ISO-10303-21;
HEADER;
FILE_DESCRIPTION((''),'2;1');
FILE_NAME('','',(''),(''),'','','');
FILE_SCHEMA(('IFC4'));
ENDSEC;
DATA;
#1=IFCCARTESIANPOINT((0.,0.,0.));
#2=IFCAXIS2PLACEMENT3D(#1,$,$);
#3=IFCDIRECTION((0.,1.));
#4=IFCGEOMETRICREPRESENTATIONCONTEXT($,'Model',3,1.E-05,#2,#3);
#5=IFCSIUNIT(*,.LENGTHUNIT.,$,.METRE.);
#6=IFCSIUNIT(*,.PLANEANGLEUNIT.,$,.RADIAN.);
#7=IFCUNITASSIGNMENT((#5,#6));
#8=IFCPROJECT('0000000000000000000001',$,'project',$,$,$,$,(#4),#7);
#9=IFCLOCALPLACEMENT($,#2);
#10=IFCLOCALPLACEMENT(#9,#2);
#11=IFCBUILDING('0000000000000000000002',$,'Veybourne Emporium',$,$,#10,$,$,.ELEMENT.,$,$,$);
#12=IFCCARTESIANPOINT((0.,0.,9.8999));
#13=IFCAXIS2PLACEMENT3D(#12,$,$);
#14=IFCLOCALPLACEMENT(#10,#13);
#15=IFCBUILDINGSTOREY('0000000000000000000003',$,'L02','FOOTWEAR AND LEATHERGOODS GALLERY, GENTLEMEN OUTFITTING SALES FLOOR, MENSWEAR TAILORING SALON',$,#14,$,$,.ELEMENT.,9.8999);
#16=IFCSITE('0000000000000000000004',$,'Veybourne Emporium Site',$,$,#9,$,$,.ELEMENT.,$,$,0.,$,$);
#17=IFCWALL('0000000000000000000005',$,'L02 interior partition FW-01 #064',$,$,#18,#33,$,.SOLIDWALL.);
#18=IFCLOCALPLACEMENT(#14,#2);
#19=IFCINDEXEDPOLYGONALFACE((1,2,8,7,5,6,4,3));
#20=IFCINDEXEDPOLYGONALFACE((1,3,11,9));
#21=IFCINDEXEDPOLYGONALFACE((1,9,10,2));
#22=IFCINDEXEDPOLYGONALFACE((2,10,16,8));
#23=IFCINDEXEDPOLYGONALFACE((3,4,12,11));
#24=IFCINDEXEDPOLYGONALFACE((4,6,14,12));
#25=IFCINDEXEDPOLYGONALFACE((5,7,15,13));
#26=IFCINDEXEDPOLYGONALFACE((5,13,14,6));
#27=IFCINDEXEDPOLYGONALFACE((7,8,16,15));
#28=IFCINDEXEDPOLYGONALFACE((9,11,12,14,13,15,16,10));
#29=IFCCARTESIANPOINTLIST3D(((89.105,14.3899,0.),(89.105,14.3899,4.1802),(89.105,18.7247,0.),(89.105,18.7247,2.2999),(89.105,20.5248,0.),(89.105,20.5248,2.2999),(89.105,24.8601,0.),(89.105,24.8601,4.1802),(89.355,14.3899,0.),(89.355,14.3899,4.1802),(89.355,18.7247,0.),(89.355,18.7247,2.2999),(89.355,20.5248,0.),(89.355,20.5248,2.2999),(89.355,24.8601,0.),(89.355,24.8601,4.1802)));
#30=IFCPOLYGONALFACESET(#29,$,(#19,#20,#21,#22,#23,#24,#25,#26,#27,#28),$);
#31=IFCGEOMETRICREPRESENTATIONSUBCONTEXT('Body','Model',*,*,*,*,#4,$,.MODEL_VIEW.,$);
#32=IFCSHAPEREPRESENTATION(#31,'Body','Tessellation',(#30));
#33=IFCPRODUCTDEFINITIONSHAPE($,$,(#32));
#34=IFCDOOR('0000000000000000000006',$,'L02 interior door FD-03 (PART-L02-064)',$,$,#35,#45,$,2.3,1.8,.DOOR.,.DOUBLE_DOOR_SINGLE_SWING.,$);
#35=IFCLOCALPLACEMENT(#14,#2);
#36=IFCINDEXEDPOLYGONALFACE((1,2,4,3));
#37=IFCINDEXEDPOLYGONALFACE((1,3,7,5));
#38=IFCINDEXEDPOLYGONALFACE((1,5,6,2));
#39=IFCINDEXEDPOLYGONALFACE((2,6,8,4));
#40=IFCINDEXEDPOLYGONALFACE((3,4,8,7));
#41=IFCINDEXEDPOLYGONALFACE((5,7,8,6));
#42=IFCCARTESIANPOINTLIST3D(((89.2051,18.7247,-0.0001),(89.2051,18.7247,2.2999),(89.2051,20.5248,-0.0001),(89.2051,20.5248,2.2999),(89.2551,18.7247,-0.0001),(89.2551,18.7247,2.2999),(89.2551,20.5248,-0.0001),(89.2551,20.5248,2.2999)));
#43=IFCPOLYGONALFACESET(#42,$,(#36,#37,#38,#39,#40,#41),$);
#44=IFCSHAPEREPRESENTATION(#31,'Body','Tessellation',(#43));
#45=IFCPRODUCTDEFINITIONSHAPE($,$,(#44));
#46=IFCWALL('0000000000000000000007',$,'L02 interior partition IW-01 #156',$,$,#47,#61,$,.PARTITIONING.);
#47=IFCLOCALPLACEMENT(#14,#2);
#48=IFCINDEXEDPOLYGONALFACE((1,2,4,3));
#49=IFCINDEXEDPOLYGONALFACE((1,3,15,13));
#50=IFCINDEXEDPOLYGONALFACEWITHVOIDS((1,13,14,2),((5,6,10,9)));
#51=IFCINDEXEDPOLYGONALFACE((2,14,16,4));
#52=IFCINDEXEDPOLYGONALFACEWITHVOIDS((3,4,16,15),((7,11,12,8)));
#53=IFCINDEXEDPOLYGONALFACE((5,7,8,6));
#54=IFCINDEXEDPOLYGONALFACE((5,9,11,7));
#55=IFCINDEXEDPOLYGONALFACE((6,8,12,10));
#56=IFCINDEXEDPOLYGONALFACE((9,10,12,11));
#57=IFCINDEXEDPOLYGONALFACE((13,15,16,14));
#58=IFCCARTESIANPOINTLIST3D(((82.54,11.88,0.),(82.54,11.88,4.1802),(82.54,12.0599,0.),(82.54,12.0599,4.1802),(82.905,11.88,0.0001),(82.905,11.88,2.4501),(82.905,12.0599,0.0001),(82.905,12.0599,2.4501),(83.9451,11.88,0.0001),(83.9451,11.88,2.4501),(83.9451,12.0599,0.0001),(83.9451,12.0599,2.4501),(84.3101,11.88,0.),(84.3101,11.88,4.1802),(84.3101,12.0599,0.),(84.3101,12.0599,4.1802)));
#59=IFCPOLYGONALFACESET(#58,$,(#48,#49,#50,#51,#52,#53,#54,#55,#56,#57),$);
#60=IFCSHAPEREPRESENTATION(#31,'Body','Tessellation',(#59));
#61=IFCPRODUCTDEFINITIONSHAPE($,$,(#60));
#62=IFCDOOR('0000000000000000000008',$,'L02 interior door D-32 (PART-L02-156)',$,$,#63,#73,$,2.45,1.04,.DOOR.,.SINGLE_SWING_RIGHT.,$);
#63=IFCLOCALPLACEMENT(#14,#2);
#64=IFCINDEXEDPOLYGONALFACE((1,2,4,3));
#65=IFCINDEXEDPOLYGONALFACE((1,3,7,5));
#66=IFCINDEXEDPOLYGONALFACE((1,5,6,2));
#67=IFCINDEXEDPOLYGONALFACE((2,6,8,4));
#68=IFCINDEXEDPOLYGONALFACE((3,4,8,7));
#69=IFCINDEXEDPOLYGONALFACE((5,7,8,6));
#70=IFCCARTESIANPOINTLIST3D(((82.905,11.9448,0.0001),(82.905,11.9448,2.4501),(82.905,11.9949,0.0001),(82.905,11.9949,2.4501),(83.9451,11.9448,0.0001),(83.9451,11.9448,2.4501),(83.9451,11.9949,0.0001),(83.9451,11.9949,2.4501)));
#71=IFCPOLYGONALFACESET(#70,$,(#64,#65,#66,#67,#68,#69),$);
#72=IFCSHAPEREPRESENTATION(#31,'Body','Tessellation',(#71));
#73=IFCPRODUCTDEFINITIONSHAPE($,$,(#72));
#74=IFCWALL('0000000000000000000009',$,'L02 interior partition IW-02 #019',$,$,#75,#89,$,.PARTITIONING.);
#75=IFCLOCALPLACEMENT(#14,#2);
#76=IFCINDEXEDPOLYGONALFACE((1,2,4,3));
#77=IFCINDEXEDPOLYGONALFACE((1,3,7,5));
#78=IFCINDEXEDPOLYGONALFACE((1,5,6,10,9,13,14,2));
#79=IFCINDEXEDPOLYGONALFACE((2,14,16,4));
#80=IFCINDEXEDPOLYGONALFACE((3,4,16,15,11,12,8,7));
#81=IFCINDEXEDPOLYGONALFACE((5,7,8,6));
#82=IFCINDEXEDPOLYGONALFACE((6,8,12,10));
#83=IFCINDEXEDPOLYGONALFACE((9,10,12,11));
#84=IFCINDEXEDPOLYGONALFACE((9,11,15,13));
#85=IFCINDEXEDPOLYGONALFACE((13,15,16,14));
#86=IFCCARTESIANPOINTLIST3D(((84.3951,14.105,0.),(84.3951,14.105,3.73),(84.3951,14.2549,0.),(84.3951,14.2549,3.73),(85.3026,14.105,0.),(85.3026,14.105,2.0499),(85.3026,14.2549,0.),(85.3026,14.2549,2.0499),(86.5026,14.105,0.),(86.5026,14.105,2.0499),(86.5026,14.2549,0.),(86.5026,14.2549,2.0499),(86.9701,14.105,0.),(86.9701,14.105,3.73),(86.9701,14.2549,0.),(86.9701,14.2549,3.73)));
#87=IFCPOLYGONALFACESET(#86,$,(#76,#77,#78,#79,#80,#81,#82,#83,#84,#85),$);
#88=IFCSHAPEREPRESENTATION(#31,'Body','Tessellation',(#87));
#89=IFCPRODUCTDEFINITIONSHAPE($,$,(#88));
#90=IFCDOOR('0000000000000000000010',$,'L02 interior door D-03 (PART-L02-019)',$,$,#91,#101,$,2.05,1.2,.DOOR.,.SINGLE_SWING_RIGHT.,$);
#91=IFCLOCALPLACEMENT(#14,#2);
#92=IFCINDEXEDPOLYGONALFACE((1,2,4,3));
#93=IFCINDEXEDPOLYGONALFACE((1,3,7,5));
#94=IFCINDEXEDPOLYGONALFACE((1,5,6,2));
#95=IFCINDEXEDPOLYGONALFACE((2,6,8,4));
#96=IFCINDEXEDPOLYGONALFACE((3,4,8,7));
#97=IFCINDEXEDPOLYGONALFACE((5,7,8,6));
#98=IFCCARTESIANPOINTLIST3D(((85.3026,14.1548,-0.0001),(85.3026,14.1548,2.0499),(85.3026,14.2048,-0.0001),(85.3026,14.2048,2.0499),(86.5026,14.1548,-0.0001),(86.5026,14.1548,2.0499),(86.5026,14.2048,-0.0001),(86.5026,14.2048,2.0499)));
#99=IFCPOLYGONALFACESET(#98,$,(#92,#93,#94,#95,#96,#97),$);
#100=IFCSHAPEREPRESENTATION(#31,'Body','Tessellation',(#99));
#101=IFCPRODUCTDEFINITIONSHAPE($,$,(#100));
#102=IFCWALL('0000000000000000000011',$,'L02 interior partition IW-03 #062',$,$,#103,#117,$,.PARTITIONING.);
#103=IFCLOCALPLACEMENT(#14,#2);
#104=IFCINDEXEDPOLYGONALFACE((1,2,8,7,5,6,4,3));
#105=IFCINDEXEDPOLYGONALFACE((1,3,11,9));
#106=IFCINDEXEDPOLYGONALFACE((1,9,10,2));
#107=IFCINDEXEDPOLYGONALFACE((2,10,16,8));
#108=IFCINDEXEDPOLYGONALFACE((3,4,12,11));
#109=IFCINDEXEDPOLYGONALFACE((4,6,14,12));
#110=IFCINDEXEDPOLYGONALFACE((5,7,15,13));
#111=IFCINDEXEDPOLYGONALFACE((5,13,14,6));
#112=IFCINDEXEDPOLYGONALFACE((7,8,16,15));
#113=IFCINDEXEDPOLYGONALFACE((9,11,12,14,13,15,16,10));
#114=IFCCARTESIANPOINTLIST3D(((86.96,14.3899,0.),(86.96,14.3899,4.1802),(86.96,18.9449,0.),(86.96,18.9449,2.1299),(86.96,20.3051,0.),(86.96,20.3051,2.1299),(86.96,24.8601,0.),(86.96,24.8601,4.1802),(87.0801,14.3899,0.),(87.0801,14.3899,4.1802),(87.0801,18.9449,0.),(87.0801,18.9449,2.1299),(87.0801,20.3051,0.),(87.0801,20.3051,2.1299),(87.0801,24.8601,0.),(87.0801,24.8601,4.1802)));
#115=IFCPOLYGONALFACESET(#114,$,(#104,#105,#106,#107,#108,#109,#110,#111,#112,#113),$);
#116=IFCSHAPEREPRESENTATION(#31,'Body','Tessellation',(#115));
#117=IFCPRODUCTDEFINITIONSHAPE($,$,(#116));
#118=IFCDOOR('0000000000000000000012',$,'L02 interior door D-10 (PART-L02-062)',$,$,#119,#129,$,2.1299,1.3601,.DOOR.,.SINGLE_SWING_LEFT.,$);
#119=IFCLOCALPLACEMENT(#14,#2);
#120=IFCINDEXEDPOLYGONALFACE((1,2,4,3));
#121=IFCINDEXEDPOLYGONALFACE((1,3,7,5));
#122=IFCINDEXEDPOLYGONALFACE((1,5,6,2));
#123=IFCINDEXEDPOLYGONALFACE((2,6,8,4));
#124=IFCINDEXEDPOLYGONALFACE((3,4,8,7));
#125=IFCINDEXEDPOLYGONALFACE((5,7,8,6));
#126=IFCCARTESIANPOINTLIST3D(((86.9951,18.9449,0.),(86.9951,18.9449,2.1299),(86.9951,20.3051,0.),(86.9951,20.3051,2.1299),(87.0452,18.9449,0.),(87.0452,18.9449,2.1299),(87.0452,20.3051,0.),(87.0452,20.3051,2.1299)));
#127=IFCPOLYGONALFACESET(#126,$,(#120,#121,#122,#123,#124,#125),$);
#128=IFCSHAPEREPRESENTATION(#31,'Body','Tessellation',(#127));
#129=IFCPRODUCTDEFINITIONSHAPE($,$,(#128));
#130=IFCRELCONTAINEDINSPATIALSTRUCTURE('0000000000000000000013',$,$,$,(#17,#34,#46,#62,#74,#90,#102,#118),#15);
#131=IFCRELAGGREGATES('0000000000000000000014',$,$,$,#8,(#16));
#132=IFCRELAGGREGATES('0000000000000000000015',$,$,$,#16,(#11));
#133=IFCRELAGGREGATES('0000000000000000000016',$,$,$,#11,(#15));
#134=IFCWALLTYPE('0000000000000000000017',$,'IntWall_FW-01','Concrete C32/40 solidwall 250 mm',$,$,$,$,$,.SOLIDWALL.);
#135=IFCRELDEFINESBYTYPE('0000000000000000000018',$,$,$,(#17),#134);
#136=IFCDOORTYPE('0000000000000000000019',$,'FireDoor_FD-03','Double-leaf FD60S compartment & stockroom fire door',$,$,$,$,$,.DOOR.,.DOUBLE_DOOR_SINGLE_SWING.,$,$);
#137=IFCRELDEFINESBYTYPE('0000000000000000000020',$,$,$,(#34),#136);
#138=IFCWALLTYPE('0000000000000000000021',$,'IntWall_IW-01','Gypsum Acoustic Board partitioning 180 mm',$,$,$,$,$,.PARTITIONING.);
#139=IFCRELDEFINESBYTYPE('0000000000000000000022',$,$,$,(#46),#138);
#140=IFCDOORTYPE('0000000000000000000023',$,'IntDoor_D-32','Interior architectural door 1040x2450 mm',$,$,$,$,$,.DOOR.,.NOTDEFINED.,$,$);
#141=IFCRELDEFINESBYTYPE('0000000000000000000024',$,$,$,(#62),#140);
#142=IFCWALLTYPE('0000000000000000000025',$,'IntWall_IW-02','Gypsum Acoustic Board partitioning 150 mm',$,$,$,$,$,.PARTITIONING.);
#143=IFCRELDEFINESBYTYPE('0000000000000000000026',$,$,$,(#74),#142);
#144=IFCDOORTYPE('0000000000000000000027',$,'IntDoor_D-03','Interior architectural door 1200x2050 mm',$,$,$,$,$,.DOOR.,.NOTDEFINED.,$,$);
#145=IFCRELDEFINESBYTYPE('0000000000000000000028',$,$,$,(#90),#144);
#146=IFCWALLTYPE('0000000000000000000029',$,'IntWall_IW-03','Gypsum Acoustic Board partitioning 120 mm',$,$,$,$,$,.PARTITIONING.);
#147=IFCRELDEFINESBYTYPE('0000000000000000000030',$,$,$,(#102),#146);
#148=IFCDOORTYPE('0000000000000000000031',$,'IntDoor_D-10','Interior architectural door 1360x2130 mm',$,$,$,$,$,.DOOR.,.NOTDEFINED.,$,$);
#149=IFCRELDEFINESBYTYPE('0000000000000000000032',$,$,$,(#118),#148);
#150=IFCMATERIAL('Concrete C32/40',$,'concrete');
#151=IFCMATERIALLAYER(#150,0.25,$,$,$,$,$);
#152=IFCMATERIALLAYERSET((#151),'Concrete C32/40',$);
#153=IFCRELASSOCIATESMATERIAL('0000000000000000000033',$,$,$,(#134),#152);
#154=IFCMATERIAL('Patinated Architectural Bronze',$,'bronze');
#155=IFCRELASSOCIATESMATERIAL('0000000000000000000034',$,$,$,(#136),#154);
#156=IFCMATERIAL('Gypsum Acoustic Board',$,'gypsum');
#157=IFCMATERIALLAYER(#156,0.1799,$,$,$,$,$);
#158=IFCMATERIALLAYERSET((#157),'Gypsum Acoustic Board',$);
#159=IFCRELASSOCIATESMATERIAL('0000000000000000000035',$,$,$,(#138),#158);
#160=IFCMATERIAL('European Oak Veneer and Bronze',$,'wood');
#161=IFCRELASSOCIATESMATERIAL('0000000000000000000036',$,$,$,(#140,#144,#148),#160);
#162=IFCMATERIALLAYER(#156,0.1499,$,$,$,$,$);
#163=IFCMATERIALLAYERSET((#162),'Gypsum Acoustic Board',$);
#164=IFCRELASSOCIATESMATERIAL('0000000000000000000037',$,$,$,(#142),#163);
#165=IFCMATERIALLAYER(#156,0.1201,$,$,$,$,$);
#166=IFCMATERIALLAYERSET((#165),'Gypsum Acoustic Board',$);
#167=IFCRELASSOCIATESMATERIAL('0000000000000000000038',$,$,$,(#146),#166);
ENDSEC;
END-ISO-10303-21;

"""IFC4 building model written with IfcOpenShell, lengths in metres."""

from ifc_helpers import new_model, si_unit, direction, frame, frame_2d, origin, place, context, subcontext, project, spatial, rectangle, extrude, material, layer, layer_set, type_object, element, fill, save


model = new_model("IFC4")

# Units and contexts
model_context = context("Model", 3, precision=1e-05, world=origin(), true_north=direction((0.0, 1.0)))
body_context = subcontext(model_context, "Body", "Model", "MODEL_VIEW")
ifc_project = project(units=[si_unit("LENGTHUNIT", "METRE"), si_unit("PLANEANGLEUNIT", "RADIAN")], contexts=[model_context])

# Site, building, storey
site_placement = place(None, origin())
site = spatial("IfcSite", under=ifc_project, at=site_placement, Name="Veybourne Emporium Site", CompositionType="ELEMENT", RefElevation=0.0)
building_placement = place(site_placement, origin())
building = spatial("IfcBuilding", under=site, at=building_placement, Name="Veybourne Emporium", CompositionType="ELEMENT")
storey_placement = place(building_placement, frame((0.0, 0.0, 9.8999)))
storey = spatial("IfcBuildingStorey", under=building, at=storey_placement, Name="L02", Description="FOOTWEAR AND LEATHERGOODS GALLERY, GENTLEMEN OUTFITTING SALES FLOOR, MENSWEAR TAILORING SALON", CompositionType="ELEMENT", Elevation=9.8999)

# Shared definitions
ifc_material_1 = material(Name="Concrete C32/40", Category="concrete")

# Walls, openings, doors
ifc_layer_1 = layer(ifc_material_1, 0.25)
ifc_layer_set_1 = layer_set([ifc_layer_1], Name="Concrete C32/40")
wall_type_1 = type_object("IfcWallType", Name="IntWall_FW-01", Description="Concrete C32/40 solidwall 250 mm", PredefinedType="SOLIDWALL", material=ifc_layer_set_1)
ifc_material_2 = material(Name="Patinated Architectural Bronze", Category="bronze")
door_type_1 = type_object("IfcDoorType", Name="FireDoor_FD-03", Description="Double-leaf FD60S compartment & stockroom fire door", OperationType="DOUBLE_DOOR_SINGLE_SWING", PredefinedType="DOOR", material=ifc_material_2)
wall_1_placement = place(storey_placement, frame((89.23, 14.3899, 0.0), z_axis=(0.0, 0.0, 1.0), x_axis=(0.0, 1.0, 0.0)))
wall_1 = element("IfcWall", 1, at=wall_1_placement, inside=storey, type_object=wall_type_1, Name="L02 interior partition FW-01 #064", PredefinedType="SOLIDWALL", context=body_context, shape_type="SweptSolid", body=[
    extrude(rectangle(XDim=10.4702, YDim=0.25, at=frame_2d((5.2351, 0.0))), origin(), (0.0, 0.0, 1.0), 4.1802),
])
opening_1_placement = place(wall_1_placement, frame((4.335, 0.0, 0.0)))
opening_1 = element("IfcOpeningElement", 2, at=opening_1_placement, cuts=wall_1, PredefinedType="OPENING", context=body_context, shape_type="SweptSolid", body=[
    extrude(rectangle(XDim=1.8, YDim=2.3, at=frame_2d((0.8999, 1.1499))), frame((0.0, 0.145, 0.0), z_axis=(0.0, -1.0, 0.0), x_axis=(1.0, 0.0, 0.0)), (0.0, 0.0, 1.0), 0.29),
])
door_1_placement = place(opening_1_placement, origin())
door_1 = element("IfcDoor", 3, at=door_1_placement, inside=storey, type_object=door_type_1, Name="L02 interior door FD-03 (PART-L02-064)", OperationType="DOUBLE_DOOR_SINGLE_SWING", OverallHeight=2.3, OverallWidth=1.8, PredefinedType="DOOR", context=body_context, shape_type="SweptSolid", body=[
    extrude(rectangle(XDim=1.8, YDim=2.3, at=frame_2d((0.8999, 1.1499))), frame((0.0, 0.0249, 0.0), z_axis=(0.0, -1.0, 0.0), x_axis=(1.0, 0.0, 0.0)), (0.0, 0.0, 1.0), 0.05),
])
fill(opening_1, door_1)
ifc_material_3 = material(Name="Gypsum Acoustic Board", Category="gypsum")
ifc_layer_2 = layer(ifc_material_3, 0.1799)
ifc_layer_set_2 = layer_set([ifc_layer_2], Name="Gypsum Acoustic Board")
wall_type_2 = type_object("IfcWallType", Name="IntWall_IW-01", Description="Gypsum Acoustic Board partitioning 180 mm", PredefinedType="PARTITIONING", material=ifc_layer_set_2)
wall_2_placement = place(storey_placement, frame((82.54, 11.97, 0.0), z_axis=(0.0, 0.0, 1.0), x_axis=(1.0, 0.0, 0.0)))
wall_2 = element("IfcWall", 4, at=wall_2_placement, inside=storey, type_object=wall_type_2, Name="L02 interior partition IW-01 #156", PredefinedType="PARTITIONING", context=body_context, shape_type="SweptSolid", body=[
    extrude(rectangle(XDim=1.77, YDim=0.1799, at=frame_2d((0.885, 0.0))), origin(), (0.0, 0.0, 1.0), 4.1802),
])
opening_2_placement = place(wall_2_placement, frame((0.365, 0.0, 0.0)))
opening_2 = element("IfcOpeningElement", 5, at=opening_2_placement, cuts=wall_2, PredefinedType="OPENING", context=body_context, shape_type="SweptSolid", body=[
    extrude(rectangle(XDim=1.04, YDim=2.45, at=frame_2d((0.52, 1.2251))), frame((0.0, 0.1099, 0.0), z_axis=(0.0, -1.0, 0.0), x_axis=(1.0, 0.0, 0.0)), (0.0, 0.0, 1.0), 0.22),
])
ifc_material_4 = material(Name="European Oak Veneer and Bronze", Category="wood")
door_type_2 = type_object("IfcDoorType", Name="IntDoor_D-32", Description="Interior architectural door 1040x2450 mm", OperationType="NOTDEFINED", PredefinedType="DOOR", material=ifc_material_4)
door_2_placement = place(opening_2_placement, origin())
door_2 = element("IfcDoor", 6, at=door_2_placement, inside=storey, type_object=door_type_2, Name="L02 interior door D-32 (PART-L02-156)", OperationType="SINGLE_SWING_RIGHT", OverallHeight=2.45, OverallWidth=1.04, PredefinedType="DOOR", context=body_context, shape_type="SweptSolid", body=[
    extrude(rectangle(XDim=1.04, YDim=2.45, at=frame_2d((0.52, 1.2251))), frame((0.0, 0.0249, 0.0), z_axis=(0.0, -1.0, 0.0), x_axis=(1.0, 0.0, 0.0)), (0.0, 0.0, 1.0), 0.05),
])
fill(opening_2, door_2)
ifc_layer_3 = layer(ifc_material_3, 0.1499)
ifc_layer_set_3 = layer_set([ifc_layer_3], Name="Gypsum Acoustic Board")
wall_type_3 = type_object("IfcWallType", Name="IntWall_IW-02", Description="Gypsum Acoustic Board partitioning 150 mm", PredefinedType="PARTITIONING", material=ifc_layer_set_3)
wall_3_placement = place(storey_placement, frame((84.395, 14.1799, 0.0), z_axis=(0.0, 0.0, 1.0), x_axis=(1.0, 0.0, 0.0)))
wall_3 = element("IfcWall", 7, at=wall_3_placement, inside=storey, type_object=wall_type_3, Name="L02 interior partition IW-02 #019", PredefinedType="PARTITIONING", context=body_context, shape_type="SweptSolid", body=[
    extrude(rectangle(XDim=2.575, YDim=0.1499, at=frame_2d((1.2876, 0.0))), origin(), (0.0, 0.0, 1.0), 3.73),
])
opening_3_placement = place(wall_3_placement, frame((0.9075, 0.0, 0.0)))
opening_3 = element("IfcOpeningElement", 8, at=opening_3_placement, cuts=wall_3, PredefinedType="OPENING", context=body_context, shape_type="SweptSolid", body=[
    extrude(rectangle(XDim=1.2, YDim=2.05, at=frame_2d((0.6001, 1.0249))), frame((0.0, 0.095, 0.0), z_axis=(0.0, -1.0, 0.0), x_axis=(1.0, 0.0, 0.0)), (0.0, 0.0, 1.0), 0.1899),
])
door_type_3 = type_object("IfcDoorType", Name="IntDoor_D-03", Description="Interior architectural door 1200x2050 mm", OperationType="NOTDEFINED", PredefinedType="DOOR", material=ifc_material_4)
door_3_placement = place(opening_3_placement, origin())
door_3 = element("IfcDoor", 9, at=door_3_placement, inside=storey, type_object=door_type_3, Name="L02 interior door D-03 (PART-L02-019)", OperationType="SINGLE_SWING_RIGHT", OverallHeight=2.05, OverallWidth=1.2, PredefinedType="DOOR", context=body_context, shape_type="SweptSolid", body=[
    extrude(rectangle(XDim=1.2, YDim=2.05, at=frame_2d((0.6001, 1.0249))), frame((0.0, 0.0249, 0.0), z_axis=(0.0, -1.0, 0.0), x_axis=(1.0, 0.0, 0.0)), (0.0, 0.0, 1.0), 0.05),
])
fill(opening_3, door_3)
ifc_layer_4 = layer(ifc_material_3, 0.1201)
ifc_layer_set_4 = layer_set([ifc_layer_4], Name="Gypsum Acoustic Board")
wall_type_4 = type_object("IfcWallType", Name="IntWall_IW-03", Description="Gypsum Acoustic Board partitioning 120 mm", PredefinedType="PARTITIONING", material=ifc_layer_set_4)
wall_4_placement = place(storey_placement, frame((87.02, 14.3899, 0.0), z_axis=(0.0, 0.0, 1.0), x_axis=(0.0, 1.0, 0.0)))
wall_4 = element("IfcWall", 10, at=wall_4_placement, inside=storey, type_object=wall_type_4, Name="L02 interior partition IW-03 #062", PredefinedType="PARTITIONING", context=body_context, shape_type="SweptSolid", body=[
    extrude(rectangle(XDim=10.4702, YDim=0.1201, at=frame_2d((5.2351, 0.0))), origin(), (0.0, 0.0, 1.0), 4.1802),
])
opening_4_placement = place(wall_4_placement, frame((4.5549, 0.0, 0.0)))
opening_4 = element("IfcOpeningElement", 11, at=opening_4_placement, cuts=wall_4, PredefinedType="OPENING", context=body_context, shape_type="SweptSolid", body=[
    extrude(rectangle(XDim=1.3601, YDim=2.1299, at=frame_2d((0.6802, 1.0649))), frame((0.0, 0.0801, 0.0), z_axis=(0.0, -1.0, 0.0), x_axis=(1.0, 0.0, 0.0)), (0.0, 0.0, 1.0), 0.1602),
])
door_type_4 = type_object("IfcDoorType", Name="IntDoor_D-10", Description="Interior architectural door 1360x2130 mm", OperationType="NOTDEFINED", PredefinedType="DOOR", material=ifc_material_4)
door_4_placement = place(opening_4_placement, origin())
door_4 = element("IfcDoor", 12, at=door_4_placement, inside=storey, type_object=door_type_4, Name="L02 interior door D-10 (PART-L02-062)", OperationType="SINGLE_SWING_LEFT", OverallHeight=2.1299, OverallWidth=1.3601, PredefinedType="DOOR", context=body_context, shape_type="SweptSolid", body=[
    extrude(rectangle(XDim=1.3601, YDim=2.1299, at=frame_2d((0.6802, 1.0649))), frame((0.0, 0.0249, 0.0), z_axis=(0.0, -1.0, 0.0), x_axis=(1.0, 0.0, 0.0)), (0.0, 0.0, 1.0), 0.05),
])
fill(opening_4, door_4)

save(model, "model.ifc")
